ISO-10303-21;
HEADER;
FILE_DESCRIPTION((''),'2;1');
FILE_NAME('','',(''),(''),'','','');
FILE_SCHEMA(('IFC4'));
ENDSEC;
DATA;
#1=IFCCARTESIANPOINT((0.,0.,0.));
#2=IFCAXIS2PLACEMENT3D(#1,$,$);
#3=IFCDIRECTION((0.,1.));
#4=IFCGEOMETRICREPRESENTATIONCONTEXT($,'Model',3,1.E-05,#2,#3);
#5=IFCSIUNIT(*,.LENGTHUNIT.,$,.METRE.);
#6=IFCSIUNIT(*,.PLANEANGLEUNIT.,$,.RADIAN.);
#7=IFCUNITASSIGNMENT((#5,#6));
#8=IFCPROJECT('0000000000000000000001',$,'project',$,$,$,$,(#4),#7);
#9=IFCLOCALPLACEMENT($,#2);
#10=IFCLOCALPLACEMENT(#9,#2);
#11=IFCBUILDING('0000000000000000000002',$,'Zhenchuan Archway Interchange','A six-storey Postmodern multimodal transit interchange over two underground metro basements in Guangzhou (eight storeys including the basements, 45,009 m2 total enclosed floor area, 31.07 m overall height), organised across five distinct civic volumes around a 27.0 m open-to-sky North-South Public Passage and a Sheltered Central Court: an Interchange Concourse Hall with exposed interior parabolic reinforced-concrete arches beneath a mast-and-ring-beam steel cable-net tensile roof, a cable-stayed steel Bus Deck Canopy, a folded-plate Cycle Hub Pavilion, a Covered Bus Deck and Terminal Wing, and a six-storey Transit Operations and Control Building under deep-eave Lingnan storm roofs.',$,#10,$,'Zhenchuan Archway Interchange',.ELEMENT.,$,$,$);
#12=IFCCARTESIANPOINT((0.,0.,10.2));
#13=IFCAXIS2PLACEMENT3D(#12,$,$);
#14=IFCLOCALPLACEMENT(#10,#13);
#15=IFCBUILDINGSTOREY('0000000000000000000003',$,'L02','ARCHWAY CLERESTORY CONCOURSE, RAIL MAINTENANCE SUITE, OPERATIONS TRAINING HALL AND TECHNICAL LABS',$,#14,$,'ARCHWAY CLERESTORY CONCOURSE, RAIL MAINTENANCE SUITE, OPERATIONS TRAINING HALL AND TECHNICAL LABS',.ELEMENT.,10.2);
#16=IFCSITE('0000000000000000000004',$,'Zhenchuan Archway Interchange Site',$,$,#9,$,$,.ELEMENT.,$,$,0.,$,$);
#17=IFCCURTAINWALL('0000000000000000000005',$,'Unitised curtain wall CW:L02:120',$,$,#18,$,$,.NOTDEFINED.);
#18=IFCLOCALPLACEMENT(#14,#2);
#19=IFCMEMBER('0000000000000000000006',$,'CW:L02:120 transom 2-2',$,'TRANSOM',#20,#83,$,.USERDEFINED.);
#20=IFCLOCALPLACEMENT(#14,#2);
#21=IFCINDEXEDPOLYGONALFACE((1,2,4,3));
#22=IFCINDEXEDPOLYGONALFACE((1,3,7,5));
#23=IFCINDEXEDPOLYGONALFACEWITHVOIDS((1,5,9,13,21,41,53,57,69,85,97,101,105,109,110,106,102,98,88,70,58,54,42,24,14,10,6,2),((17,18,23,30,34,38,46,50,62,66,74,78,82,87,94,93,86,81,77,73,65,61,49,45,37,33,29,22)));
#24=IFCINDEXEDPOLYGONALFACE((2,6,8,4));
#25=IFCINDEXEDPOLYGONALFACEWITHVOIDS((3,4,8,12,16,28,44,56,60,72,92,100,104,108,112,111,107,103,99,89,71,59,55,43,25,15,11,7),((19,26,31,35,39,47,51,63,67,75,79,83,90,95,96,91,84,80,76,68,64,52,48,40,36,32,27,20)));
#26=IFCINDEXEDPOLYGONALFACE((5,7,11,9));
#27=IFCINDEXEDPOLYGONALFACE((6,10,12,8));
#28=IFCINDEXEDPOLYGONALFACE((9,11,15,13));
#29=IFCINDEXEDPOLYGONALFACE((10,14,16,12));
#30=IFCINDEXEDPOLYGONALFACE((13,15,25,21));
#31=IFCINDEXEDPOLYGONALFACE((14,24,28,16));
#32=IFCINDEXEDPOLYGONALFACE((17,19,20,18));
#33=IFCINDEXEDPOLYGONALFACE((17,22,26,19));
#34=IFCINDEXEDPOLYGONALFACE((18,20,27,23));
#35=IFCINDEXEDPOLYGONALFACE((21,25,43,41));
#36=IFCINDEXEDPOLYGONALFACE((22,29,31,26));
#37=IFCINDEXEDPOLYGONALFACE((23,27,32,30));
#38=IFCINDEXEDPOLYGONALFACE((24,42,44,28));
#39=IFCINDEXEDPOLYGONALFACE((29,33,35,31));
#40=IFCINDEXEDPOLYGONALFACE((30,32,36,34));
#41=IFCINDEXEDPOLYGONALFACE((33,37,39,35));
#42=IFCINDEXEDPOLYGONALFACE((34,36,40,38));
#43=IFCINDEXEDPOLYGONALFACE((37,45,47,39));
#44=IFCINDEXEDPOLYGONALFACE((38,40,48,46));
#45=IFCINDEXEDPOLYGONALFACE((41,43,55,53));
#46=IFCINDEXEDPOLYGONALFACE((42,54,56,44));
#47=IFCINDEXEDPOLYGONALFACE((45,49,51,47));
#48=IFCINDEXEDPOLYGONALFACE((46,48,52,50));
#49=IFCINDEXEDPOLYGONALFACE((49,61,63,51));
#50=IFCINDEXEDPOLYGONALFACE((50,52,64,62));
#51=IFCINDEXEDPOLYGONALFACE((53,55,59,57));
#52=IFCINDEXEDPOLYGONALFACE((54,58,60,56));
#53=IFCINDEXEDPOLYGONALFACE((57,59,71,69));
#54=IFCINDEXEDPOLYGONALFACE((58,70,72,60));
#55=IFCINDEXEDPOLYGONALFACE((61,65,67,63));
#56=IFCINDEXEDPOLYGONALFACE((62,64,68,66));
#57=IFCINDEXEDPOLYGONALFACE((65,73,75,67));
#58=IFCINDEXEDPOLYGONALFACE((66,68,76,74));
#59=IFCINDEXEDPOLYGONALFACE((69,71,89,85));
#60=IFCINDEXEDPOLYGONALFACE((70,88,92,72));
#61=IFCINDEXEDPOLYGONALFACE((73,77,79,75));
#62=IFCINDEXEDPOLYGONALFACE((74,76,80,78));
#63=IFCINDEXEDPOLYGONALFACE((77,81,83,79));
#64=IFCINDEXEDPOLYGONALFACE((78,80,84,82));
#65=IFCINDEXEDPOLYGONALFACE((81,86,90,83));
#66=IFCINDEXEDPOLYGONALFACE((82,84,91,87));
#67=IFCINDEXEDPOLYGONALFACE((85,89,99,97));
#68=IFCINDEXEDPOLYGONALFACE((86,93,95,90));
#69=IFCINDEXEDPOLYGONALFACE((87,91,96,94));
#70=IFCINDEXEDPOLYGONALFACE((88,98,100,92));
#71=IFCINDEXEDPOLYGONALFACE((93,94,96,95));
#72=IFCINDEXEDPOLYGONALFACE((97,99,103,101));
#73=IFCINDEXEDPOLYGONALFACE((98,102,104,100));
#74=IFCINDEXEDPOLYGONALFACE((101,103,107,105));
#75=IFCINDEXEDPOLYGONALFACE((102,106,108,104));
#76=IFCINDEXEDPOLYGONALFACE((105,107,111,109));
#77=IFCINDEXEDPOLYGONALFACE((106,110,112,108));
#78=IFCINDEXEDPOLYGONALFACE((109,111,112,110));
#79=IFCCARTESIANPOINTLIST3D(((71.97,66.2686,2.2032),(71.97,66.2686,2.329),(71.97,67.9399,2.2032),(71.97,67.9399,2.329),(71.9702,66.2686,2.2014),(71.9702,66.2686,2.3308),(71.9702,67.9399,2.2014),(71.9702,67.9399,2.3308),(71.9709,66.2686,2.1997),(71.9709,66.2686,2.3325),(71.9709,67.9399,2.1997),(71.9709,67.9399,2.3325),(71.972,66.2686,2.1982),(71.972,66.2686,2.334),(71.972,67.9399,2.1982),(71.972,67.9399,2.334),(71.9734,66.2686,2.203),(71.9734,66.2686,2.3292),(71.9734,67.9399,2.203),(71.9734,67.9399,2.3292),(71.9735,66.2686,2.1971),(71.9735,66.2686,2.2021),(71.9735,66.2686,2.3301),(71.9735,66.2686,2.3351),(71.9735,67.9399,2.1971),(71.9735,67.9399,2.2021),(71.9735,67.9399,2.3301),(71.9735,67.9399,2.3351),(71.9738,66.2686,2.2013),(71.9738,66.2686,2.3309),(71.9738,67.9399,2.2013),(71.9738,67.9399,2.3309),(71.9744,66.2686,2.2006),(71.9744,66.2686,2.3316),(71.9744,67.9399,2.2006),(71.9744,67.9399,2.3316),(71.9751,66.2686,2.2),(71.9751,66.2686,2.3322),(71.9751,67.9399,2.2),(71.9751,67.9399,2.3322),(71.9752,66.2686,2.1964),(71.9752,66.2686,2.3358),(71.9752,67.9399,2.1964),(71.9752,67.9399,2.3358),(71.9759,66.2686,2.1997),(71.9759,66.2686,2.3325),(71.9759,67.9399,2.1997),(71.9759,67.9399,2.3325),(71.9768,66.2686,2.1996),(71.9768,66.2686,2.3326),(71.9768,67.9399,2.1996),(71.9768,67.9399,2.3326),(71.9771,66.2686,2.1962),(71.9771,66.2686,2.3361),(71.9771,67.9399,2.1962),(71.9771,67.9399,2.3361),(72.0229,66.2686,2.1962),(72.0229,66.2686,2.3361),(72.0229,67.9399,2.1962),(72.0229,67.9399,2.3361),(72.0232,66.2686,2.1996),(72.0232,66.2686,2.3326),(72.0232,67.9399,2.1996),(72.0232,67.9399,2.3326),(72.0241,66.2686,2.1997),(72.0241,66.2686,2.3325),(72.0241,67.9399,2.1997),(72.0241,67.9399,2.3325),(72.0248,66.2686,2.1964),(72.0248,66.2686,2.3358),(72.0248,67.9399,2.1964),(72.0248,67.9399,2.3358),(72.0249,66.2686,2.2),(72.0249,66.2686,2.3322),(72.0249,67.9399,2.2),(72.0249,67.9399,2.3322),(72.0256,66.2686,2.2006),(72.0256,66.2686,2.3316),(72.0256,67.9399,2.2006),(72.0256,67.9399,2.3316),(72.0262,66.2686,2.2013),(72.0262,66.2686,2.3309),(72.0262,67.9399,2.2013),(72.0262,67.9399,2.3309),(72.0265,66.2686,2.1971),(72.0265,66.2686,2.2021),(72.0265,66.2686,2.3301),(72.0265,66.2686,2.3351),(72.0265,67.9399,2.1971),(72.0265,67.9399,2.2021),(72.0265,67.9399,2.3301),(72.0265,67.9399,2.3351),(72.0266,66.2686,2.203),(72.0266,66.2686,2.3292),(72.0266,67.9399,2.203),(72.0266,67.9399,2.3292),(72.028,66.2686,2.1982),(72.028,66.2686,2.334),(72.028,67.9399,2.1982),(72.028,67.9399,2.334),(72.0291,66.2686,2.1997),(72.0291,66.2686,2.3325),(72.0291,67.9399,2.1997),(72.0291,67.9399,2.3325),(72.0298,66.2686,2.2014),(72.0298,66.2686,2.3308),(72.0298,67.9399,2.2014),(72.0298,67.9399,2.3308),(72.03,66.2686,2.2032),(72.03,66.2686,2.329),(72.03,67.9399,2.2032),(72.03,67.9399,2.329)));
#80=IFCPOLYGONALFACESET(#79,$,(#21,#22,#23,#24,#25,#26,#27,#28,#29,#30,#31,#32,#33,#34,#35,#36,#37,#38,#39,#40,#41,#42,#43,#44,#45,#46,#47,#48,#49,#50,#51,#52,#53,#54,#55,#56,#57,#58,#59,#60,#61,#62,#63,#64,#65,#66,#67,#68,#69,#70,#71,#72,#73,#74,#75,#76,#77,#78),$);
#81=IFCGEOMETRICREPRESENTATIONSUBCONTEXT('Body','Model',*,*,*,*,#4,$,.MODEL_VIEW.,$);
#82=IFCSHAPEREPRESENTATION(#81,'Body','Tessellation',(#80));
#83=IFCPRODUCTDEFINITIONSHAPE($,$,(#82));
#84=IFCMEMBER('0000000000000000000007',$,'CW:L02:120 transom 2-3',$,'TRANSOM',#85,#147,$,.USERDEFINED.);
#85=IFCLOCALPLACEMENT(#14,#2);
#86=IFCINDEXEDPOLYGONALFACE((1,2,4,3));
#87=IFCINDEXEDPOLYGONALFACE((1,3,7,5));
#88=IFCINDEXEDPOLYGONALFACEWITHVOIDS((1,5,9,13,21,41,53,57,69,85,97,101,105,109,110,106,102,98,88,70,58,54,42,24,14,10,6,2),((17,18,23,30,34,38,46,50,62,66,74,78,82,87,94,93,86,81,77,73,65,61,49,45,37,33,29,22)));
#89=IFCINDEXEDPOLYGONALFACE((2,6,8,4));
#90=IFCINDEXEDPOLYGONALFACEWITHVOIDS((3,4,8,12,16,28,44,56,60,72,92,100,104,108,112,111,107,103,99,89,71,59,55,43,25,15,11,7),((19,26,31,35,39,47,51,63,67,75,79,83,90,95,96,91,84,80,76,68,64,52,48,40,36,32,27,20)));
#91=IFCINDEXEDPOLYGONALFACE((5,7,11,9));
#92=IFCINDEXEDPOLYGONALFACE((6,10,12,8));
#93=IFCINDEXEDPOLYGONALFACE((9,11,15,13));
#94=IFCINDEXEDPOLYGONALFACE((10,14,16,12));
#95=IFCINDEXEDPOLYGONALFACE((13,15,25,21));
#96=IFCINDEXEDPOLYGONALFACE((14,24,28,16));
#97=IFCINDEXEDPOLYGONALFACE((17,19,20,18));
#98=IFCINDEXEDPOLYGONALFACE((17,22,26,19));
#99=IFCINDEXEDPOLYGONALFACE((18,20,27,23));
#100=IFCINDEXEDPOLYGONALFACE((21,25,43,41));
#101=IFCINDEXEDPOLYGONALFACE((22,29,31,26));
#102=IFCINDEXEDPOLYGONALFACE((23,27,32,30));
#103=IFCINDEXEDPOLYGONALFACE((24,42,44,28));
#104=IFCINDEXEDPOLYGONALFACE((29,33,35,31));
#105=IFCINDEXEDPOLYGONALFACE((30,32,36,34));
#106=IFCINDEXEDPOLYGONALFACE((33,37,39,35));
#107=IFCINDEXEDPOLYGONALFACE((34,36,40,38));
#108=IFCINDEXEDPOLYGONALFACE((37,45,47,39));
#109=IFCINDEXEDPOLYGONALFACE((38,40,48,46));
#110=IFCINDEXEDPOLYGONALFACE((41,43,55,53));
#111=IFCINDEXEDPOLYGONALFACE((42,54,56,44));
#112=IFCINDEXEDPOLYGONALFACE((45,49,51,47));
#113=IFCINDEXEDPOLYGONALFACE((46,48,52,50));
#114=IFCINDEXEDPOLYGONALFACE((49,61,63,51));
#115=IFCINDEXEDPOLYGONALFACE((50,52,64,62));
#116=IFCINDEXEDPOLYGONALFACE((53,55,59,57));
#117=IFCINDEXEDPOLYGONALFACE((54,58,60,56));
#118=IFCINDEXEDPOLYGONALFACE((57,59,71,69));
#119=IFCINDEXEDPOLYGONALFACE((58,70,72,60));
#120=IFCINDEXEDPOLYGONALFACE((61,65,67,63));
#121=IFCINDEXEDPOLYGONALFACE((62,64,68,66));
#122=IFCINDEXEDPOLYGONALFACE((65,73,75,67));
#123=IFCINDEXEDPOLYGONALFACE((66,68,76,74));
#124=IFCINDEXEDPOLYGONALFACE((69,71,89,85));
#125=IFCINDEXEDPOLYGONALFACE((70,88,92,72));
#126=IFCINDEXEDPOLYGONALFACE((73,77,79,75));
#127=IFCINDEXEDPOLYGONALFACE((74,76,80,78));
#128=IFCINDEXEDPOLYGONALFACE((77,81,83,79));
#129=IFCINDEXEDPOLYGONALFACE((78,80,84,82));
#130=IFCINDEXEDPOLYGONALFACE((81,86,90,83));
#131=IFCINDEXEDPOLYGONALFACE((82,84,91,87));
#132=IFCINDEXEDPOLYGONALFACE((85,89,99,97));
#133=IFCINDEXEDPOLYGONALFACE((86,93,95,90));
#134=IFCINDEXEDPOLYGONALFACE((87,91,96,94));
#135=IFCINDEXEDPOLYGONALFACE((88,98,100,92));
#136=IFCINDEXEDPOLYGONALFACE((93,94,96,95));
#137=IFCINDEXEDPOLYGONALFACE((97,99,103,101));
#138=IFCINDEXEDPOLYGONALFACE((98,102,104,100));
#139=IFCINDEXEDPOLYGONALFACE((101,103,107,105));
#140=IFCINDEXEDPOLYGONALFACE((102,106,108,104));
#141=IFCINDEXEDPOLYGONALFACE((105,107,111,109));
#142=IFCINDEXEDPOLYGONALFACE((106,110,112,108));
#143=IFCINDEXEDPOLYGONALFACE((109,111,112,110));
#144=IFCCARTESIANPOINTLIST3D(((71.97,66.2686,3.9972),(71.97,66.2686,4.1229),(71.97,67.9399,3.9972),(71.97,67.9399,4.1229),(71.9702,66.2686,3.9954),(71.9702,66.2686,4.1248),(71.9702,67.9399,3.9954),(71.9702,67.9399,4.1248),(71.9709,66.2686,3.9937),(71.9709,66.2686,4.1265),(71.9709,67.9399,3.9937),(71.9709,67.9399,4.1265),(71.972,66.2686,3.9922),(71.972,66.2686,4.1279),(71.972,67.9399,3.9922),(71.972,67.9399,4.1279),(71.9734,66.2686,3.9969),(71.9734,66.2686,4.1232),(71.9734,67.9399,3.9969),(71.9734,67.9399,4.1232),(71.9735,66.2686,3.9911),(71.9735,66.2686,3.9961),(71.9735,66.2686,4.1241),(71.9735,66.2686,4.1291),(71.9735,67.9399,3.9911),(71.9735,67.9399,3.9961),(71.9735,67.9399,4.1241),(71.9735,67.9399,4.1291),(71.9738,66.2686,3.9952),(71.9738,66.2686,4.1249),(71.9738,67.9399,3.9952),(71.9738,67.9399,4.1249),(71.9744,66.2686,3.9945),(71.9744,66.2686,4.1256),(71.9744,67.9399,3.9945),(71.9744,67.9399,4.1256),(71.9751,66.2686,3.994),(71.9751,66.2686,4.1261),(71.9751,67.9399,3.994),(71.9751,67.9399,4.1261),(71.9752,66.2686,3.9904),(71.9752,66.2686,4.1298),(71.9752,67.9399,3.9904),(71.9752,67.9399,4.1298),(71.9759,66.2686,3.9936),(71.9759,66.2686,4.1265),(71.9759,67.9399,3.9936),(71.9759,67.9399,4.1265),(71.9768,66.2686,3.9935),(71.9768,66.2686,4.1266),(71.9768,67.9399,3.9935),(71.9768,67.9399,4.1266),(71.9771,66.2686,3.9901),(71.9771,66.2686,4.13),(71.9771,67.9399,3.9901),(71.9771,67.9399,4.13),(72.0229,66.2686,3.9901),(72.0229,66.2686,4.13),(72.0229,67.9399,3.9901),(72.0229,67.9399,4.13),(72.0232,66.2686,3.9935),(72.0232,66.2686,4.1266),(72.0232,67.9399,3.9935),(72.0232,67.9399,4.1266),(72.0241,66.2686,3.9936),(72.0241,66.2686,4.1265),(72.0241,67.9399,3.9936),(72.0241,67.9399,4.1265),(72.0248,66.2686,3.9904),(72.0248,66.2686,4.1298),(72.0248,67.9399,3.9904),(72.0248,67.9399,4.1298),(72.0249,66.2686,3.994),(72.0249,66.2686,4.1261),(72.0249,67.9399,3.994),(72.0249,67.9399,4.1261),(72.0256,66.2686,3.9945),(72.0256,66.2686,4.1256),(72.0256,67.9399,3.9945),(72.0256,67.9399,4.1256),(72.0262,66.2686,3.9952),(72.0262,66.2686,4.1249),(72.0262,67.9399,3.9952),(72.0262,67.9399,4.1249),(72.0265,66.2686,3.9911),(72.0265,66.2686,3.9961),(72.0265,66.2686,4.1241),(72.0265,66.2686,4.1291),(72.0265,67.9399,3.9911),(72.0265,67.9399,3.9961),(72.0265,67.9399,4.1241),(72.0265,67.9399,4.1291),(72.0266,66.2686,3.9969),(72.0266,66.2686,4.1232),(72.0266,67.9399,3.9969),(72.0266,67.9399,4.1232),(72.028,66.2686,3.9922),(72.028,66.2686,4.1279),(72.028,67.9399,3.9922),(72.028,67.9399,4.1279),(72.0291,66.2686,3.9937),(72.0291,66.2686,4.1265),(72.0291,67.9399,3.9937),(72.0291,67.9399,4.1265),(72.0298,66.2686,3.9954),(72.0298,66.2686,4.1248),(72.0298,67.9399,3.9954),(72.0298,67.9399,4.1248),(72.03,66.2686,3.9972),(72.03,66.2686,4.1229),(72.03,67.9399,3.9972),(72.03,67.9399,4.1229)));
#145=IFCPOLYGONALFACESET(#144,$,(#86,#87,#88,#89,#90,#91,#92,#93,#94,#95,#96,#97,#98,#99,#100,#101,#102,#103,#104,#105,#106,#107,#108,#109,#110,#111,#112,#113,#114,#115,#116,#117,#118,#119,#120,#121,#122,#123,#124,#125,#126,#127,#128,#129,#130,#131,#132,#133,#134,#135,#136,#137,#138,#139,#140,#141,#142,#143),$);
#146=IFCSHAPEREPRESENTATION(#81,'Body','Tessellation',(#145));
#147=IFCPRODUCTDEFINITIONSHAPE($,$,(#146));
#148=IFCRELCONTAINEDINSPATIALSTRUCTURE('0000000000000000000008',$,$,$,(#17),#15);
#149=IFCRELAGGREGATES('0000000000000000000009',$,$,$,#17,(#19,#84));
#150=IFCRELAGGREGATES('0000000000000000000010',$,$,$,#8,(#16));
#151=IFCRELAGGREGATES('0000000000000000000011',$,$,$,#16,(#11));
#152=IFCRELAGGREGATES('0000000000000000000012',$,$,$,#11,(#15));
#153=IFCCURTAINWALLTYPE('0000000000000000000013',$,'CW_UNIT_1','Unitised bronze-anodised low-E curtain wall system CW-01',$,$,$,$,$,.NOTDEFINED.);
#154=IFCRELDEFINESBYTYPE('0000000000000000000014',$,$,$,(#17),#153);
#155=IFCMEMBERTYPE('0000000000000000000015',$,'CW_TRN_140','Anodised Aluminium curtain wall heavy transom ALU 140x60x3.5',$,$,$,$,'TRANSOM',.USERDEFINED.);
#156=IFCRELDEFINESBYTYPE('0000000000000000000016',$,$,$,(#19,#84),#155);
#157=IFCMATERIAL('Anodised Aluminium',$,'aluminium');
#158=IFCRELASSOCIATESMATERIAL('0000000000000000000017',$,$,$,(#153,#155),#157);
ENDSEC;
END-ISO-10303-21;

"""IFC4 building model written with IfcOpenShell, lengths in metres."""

from ifc_helpers import new_model, si_unit, direction, frame, origin, origin_2d, place, context, subcontext, project, spatial, hollow_rectangle, extrude, material, material_profile, profile_set, type_object, element, aggregate, save


model = new_model("IFC4")

# Units and contexts
model_context = context("Model", 3, precision=1e-05, world=origin(), true_north=direction((0.0, 1.0)))
body_context = subcontext(model_context, "Body", "Model", "MODEL_VIEW")
ifc_project = project(units=[si_unit("LENGTHUNIT", "METRE"), si_unit("PLANEANGLEUNIT", "RADIAN")], contexts=[model_context])

# Site, building, storey
site_placement = place(None, origin())
site = spatial("IfcSite", under=ifc_project, at=site_placement, Name="Zhenchuan Archway Interchange Site", CompositionType="ELEMENT", RefElevation=0.0)
building_placement = place(site_placement, origin())
building = spatial("IfcBuilding", under=site, at=building_placement, Name="Zhenchuan Archway Interchange", Description="A six-storey Postmodern multimodal transit interchange over two underground metro basements in Guangzhou (eight storeys including the basements, 45,009 m2 total enclosed floor area, 31.07 m overall height), organised across five distinct civic volumes around a 27.0 m open-to-sky North-South Public Passage and a Sheltered Central Court: an Interchange Concourse Hall with exposed interior parabolic reinforced-concrete arches beneath a mast-and-ring-beam steel cable-net tensile roof, a cable-stayed steel Bus Deck Canopy, a folded-plate Cycle Hub Pavilion, a Covered Bus Deck and Terminal Wing, and a six-storey Transit Operations and Control Building under deep-eave Lingnan storm roofs.", LongName="Zhenchuan Archway Interchange", CompositionType="ELEMENT")
storey_placement = place(building_placement, frame((0.0, 0.0, 10.2)))
storey = spatial("IfcBuildingStorey", under=building, at=storey_placement, Name="L02", Description="ARCHWAY CLERESTORY CONCOURSE, RAIL MAINTENANCE SUITE, OPERATIONS TRAINING HALL AND TECHNICAL LABS", LongName="ARCHWAY CLERESTORY CONCOURSE, RAIL MAINTENANCE SUITE, OPERATIONS TRAINING HALL AND TECHNICAL LABS", CompositionType="ELEMENT", Elevation=10.2)

# Curtain wall, members
ifc_material_1 = material(Name="Anodised Aluminium", Category="aluminium")
curtain_wall_type = type_object("IfcCurtainWallType", Name="CW_UNIT_1", Description="Unitised bronze-anodised low-E curtain wall system CW-01", PredefinedType="NOTDEFINED", material=ifc_material_1)
curtain_wall_placement = place(storey_placement, origin())
curtain_wall = element("IfcCurtainWall", 1, at=curtain_wall_placement, inside=storey, type_object=curtain_wall_type, Name="Unitised curtain wall CW:L02:120", PredefinedType="NOTDEFINED")
ifc_material_profile_1 = material_profile(ifc_material_1, hollow_rectangle(XDim=0.0601, YDim=0.1399, WallThickness=0.0034, InnerFilletRadius=0.0034, OuterFilletRadius=0.0071, at=origin_2d()), Name="ALU 140x60x3.5")
ifc_profile_set_1 = profile_set([ifc_material_profile_1], Name="Anodised Aluminium")
member_type_1 = type_object("IfcMemberType", Name="CW_TRN_140", Description="Anodised Aluminium curtain wall heavy transom ALU 140x60x3.5", ElementType="TRANSOM", PredefinedType="USERDEFINED", material=ifc_profile_set_1)
member_1_placement = place(storey_placement, frame((72.0, 67.9399, 2.2661), z_axis=(0.0, -1.0, 0.0), x_axis=(1.0, 0.0, 0.0)))
member_1 = element("IfcMember", 2, at=member_1_placement, type_object=member_type_1, Name="CW:L02:120 transom 2-2", ObjectType="TRANSOM", PredefinedType="USERDEFINED", context=body_context, shape_type="SweptSolid", body=[
    extrude(hollow_rectangle(XDim=0.0601, YDim=0.1399, WallThickness=0.0034, InnerFilletRadius=0.0034, OuterFilletRadius=0.0071, at=origin_2d()), origin(), (0.0, 0.0, 1.0), 1.6714),
])
member_2_placement = place(storey_placement, frame((72.0, 67.9399, 4.0601), z_axis=(0.0, -1.0, 0.0), x_axis=(1.0, 0.0, 0.0)))
member_2 = element("IfcMember", 3, at=member_2_placement, type_object=member_type_1, Name="CW:L02:120 transom 2-3", ObjectType="TRANSOM", PredefinedType="USERDEFINED", context=body_context, shape_type="SweptSolid", body=[
    extrude(hollow_rectangle(XDim=0.0601, YDim=0.1399, WallThickness=0.0034, InnerFilletRadius=0.0034, OuterFilletRadius=0.0071, at=origin_2d()), origin(), (0.0, 0.0, 1.0), 1.6714),
])
aggregate(curtain_wall, [member_1, member_2])

save(model, "model.ifc")
